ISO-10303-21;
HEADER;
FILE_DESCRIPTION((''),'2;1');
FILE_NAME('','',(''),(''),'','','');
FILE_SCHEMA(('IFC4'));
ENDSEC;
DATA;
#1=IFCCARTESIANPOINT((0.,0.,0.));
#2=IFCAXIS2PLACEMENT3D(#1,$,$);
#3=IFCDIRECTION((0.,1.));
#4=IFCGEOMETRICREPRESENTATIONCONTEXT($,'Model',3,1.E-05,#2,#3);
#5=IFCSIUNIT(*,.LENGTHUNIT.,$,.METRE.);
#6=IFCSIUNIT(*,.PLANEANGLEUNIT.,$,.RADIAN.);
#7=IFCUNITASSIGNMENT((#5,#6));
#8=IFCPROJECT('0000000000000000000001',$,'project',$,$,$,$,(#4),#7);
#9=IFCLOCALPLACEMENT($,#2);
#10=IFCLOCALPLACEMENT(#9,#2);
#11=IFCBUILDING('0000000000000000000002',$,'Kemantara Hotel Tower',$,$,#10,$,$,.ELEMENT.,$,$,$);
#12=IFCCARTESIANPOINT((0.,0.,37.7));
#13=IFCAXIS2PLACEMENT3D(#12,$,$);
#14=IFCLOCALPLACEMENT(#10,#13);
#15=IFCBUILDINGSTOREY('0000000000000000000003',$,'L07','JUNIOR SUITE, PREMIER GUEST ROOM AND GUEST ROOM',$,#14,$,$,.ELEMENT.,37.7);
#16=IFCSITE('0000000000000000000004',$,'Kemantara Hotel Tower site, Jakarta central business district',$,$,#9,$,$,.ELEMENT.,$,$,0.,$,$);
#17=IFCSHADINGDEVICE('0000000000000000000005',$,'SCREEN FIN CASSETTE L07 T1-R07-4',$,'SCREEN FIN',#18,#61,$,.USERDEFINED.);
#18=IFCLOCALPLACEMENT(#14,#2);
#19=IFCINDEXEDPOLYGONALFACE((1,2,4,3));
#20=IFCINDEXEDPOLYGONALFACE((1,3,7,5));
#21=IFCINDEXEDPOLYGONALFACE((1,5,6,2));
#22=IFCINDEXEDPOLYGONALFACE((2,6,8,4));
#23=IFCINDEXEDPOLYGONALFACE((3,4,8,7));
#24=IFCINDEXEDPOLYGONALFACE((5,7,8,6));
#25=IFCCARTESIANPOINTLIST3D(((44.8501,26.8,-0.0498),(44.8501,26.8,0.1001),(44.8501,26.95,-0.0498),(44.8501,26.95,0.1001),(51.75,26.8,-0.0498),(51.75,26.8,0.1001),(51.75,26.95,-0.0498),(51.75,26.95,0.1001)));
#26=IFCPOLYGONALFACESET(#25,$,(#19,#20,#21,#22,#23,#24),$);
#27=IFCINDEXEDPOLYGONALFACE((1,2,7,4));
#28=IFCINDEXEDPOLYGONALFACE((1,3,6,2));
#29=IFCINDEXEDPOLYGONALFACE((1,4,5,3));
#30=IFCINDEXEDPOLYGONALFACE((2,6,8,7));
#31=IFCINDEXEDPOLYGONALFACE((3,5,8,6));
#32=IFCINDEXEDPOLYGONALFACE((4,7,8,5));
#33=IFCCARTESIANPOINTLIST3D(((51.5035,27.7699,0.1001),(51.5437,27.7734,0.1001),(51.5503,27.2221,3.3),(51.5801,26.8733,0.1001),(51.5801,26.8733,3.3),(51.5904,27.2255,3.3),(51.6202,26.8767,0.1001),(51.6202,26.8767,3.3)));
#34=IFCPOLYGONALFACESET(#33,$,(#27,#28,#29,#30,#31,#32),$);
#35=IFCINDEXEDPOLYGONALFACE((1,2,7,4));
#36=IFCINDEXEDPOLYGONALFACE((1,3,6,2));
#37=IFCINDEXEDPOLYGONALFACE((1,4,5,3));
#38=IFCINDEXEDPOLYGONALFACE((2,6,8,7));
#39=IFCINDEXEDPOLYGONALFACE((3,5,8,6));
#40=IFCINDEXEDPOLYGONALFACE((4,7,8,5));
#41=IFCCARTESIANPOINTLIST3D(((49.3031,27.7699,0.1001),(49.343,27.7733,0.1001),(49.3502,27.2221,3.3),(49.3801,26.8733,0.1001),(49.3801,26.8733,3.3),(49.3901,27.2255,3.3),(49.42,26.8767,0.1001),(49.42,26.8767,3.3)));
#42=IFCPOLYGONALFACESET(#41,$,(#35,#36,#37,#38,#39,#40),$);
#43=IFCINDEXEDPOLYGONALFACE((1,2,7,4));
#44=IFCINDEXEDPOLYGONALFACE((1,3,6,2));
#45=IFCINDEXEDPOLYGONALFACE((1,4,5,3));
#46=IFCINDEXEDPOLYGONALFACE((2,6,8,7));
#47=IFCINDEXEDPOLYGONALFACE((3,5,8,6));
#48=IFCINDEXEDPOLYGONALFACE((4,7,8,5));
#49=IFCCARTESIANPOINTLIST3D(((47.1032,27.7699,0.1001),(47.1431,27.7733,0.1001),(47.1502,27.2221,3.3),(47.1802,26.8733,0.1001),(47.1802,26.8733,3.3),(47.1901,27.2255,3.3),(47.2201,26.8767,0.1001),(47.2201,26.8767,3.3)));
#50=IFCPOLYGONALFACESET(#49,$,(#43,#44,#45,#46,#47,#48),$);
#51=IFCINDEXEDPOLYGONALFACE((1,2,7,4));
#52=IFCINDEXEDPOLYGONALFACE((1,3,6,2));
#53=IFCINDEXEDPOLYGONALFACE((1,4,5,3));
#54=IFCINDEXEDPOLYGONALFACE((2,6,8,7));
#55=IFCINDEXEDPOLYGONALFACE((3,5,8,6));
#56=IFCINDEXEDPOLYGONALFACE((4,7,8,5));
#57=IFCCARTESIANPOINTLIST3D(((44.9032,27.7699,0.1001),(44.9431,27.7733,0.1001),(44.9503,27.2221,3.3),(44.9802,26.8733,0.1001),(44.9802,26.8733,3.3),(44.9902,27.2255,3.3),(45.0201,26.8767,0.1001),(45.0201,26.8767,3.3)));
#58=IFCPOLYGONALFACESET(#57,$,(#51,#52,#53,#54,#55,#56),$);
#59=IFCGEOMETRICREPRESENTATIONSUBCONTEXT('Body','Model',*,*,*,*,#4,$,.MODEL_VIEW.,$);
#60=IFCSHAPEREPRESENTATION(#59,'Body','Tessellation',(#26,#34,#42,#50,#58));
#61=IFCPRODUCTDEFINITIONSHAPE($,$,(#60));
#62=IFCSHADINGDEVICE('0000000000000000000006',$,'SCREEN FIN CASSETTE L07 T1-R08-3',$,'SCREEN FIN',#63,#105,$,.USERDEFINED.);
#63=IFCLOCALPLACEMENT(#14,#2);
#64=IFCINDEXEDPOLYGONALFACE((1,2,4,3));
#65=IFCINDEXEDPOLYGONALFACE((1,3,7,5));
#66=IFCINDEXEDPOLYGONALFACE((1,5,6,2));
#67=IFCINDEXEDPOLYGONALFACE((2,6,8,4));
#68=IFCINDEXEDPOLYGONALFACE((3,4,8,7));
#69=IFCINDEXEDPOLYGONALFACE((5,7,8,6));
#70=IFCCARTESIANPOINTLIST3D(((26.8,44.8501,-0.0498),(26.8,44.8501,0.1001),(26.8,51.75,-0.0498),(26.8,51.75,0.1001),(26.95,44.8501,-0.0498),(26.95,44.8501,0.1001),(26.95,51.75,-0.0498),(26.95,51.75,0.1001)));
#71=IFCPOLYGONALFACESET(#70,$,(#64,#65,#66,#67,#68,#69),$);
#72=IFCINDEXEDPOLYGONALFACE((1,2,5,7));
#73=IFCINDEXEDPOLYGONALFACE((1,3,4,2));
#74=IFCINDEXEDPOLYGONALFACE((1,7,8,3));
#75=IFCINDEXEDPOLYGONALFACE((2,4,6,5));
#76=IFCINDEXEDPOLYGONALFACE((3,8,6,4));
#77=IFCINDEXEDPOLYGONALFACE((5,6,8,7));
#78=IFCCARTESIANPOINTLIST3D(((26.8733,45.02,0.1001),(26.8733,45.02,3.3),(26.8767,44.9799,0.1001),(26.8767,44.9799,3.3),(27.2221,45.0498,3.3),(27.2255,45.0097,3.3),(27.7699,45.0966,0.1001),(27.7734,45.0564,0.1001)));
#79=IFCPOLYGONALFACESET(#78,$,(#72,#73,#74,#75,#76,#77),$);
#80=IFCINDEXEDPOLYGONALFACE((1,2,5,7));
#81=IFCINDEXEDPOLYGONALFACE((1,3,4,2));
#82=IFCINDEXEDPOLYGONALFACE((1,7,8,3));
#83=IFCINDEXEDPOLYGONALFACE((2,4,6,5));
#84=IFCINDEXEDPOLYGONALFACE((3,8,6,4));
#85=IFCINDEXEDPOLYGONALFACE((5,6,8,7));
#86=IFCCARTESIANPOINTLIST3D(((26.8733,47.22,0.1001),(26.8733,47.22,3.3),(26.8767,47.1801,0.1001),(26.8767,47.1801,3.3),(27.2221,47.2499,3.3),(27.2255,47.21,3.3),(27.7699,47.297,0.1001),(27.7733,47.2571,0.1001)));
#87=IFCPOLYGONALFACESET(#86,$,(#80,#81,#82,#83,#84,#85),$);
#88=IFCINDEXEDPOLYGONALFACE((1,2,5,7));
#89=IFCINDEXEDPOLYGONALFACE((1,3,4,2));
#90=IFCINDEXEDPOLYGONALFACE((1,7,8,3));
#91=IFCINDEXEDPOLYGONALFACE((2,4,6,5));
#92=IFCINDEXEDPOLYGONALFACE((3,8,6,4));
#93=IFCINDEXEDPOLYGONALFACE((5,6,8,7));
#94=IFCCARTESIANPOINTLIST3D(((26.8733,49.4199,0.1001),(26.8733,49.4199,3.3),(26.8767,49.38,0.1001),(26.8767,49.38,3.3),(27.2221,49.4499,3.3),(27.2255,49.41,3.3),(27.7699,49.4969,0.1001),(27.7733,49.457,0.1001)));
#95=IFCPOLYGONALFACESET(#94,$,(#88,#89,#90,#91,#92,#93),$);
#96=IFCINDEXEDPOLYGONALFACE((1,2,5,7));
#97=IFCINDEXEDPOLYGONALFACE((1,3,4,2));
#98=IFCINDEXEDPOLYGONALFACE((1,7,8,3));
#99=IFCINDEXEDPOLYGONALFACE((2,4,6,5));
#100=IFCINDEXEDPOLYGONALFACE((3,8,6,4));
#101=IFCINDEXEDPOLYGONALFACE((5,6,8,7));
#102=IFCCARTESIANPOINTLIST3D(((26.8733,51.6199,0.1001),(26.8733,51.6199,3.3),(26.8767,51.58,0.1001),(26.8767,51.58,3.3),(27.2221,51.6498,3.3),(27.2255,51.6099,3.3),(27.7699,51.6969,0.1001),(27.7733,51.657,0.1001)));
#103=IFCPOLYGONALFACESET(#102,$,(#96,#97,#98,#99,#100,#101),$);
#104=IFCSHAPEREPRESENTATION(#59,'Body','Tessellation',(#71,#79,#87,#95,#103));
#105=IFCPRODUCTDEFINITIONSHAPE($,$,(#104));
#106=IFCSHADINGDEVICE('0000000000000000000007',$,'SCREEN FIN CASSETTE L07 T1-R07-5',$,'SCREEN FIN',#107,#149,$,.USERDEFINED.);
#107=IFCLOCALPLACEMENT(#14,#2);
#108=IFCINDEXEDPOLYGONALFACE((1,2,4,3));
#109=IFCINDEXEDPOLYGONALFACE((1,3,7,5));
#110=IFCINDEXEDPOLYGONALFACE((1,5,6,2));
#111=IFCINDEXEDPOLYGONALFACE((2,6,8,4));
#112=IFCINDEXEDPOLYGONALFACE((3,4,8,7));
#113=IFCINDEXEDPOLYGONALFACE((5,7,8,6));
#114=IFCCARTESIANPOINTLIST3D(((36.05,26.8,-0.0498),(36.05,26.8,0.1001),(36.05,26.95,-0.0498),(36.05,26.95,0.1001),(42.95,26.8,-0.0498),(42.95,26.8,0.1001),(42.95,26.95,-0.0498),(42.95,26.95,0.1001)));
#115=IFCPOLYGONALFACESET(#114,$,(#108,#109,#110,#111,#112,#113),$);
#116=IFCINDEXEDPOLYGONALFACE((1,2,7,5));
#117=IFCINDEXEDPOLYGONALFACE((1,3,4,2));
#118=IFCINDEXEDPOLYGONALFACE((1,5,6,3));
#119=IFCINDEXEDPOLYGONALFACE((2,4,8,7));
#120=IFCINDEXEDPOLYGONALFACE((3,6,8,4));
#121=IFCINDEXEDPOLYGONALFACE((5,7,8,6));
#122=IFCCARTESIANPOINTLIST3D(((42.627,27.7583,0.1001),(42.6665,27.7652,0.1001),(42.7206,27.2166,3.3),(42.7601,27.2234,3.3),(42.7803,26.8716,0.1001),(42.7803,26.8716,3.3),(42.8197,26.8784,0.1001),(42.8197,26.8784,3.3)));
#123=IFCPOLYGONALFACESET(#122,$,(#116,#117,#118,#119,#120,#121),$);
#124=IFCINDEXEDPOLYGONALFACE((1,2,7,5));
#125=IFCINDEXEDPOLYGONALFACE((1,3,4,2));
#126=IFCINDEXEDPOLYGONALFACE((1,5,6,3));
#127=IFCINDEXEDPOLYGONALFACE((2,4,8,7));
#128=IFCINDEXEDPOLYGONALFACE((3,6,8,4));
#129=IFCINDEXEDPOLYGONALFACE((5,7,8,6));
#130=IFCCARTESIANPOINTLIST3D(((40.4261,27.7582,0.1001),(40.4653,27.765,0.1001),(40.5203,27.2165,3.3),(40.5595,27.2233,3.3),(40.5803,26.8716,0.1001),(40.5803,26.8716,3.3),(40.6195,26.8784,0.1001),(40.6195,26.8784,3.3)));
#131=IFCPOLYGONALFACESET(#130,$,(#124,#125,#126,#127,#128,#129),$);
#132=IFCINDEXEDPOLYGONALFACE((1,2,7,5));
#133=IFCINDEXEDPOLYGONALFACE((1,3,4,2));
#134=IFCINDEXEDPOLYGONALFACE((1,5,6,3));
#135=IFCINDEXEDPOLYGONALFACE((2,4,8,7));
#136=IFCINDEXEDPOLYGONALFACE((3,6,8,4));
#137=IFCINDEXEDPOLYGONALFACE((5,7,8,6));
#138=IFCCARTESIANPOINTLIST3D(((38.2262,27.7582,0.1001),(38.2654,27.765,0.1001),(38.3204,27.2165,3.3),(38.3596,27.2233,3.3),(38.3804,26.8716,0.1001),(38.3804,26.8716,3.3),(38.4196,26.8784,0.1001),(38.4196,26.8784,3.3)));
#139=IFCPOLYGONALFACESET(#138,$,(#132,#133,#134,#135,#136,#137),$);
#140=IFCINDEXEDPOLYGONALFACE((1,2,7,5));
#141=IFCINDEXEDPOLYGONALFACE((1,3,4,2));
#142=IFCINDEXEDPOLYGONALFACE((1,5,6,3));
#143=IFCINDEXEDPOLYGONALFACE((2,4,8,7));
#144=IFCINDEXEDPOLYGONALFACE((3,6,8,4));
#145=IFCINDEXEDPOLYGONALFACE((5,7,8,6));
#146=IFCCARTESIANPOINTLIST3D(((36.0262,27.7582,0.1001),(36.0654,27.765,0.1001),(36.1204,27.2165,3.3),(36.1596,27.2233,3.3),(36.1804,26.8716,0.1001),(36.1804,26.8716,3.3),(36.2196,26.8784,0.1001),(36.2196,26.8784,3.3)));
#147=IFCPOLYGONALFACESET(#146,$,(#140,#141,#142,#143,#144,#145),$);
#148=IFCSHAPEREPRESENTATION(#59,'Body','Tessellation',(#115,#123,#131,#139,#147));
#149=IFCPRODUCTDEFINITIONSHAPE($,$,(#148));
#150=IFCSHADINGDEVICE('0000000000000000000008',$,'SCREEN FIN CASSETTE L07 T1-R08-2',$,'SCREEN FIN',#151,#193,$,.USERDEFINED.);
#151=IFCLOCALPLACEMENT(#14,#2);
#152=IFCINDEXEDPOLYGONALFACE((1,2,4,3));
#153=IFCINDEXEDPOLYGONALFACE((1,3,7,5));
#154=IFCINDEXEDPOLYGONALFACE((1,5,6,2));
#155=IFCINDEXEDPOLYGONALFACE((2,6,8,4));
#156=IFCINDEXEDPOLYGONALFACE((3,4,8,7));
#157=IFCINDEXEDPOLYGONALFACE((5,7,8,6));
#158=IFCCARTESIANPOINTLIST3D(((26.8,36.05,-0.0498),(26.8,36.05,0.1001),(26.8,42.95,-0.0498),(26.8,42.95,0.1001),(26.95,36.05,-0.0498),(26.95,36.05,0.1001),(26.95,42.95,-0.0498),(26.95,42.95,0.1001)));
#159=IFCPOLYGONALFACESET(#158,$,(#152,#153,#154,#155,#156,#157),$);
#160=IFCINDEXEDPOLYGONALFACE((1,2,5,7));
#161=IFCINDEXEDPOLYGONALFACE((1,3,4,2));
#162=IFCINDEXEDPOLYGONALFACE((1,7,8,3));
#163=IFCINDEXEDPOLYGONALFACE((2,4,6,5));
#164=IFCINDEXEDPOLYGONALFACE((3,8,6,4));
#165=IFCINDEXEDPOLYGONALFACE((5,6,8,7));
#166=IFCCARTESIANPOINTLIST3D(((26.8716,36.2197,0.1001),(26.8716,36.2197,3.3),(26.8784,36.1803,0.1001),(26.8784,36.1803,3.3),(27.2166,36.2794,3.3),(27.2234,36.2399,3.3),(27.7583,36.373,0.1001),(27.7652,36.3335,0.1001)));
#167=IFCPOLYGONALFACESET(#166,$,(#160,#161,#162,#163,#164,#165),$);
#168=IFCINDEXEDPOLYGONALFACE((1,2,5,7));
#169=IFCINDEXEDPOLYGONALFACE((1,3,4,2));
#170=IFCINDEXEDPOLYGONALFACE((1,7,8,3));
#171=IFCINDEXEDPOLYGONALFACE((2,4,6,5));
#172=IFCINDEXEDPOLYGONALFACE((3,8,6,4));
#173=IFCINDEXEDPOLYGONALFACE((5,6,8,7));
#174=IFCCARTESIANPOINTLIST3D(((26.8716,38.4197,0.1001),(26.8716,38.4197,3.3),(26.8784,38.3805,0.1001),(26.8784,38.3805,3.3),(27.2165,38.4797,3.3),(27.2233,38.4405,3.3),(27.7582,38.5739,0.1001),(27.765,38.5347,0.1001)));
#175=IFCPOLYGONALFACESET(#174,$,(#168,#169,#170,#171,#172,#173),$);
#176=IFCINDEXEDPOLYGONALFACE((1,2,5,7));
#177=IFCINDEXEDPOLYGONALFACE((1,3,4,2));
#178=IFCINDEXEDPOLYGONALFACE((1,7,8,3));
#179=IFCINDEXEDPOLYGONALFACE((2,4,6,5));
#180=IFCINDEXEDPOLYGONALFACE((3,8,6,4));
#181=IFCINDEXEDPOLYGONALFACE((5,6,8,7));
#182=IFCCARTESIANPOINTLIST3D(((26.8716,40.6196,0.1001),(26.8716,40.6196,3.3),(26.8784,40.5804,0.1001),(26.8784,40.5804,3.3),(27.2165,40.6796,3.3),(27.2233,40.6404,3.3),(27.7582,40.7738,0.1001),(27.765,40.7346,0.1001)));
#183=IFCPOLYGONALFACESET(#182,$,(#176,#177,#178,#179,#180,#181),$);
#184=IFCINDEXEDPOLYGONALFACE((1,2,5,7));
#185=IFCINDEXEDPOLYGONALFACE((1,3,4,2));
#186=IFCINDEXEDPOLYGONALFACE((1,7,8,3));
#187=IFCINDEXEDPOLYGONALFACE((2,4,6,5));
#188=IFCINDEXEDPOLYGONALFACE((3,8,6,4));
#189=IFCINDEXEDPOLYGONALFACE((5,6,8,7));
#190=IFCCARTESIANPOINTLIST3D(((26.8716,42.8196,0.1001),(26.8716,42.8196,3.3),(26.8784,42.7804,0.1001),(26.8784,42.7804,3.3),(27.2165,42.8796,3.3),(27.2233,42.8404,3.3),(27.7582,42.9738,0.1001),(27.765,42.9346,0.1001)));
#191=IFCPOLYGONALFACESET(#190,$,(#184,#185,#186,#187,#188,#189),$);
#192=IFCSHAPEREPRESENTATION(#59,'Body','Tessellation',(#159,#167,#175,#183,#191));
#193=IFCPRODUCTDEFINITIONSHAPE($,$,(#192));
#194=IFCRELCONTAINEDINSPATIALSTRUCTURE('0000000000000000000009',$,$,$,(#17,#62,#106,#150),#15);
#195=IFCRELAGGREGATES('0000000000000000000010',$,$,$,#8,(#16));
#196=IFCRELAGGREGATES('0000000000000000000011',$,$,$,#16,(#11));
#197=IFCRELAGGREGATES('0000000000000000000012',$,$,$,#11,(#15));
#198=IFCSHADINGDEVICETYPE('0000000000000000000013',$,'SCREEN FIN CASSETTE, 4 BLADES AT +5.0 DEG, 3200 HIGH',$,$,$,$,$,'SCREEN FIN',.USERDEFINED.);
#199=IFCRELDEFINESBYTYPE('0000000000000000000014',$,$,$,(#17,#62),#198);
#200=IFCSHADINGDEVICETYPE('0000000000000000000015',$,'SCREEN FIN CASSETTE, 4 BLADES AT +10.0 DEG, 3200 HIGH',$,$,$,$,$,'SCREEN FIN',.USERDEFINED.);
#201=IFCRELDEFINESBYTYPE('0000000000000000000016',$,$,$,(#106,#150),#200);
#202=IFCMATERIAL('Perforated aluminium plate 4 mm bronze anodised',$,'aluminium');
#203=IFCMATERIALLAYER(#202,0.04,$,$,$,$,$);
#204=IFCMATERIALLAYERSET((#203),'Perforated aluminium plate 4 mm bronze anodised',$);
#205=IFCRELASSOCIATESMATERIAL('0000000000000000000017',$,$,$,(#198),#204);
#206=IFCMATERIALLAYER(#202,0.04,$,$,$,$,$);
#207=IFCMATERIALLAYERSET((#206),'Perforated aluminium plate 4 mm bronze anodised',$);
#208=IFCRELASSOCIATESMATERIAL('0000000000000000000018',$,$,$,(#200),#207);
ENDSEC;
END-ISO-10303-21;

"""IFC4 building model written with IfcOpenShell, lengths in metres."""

from ifc_helpers import new_model, si_unit, direction, frame, origin, origin_2d, place, context, subcontext, project, spatial, polyline, rectangle, outline, extrude, source, transform, mapped, material, layer, layer_set, type_object, element, save


model = new_model("IFC4")

# Units and contexts
model_context = context("Model", 3, precision=1e-05, world=origin(), true_north=direction((0.0, 1.0)))
body_context = subcontext(model_context, "Body", "Model", "MODEL_VIEW")
ifc_project = project(units=[si_unit("LENGTHUNIT", "METRE"), si_unit("PLANEANGLEUNIT", "RADIAN")], contexts=[model_context])

# Site, building, storey
site_placement = place(None, origin())
site = spatial("IfcSite", under=ifc_project, at=site_placement, Name="Kemantara Hotel Tower site, Jakarta central business district", CompositionType="ELEMENT", RefElevation=0.0)
building_placement = place(site_placement, origin())
building = spatial("IfcBuilding", under=site, at=building_placement, Name="Kemantara Hotel Tower", CompositionType="ELEMENT")
storey_placement = place(building_placement, frame((0.0, 0.0, 37.7)))
storey = spatial("IfcBuildingStorey", under=building, at=storey_placement, Name="L07", Description="JUNIOR SUITE, PREMIER GUEST ROOM AND GUEST ROOM", CompositionType="ELEMENT", Elevation=37.7)

# Shading devices
ifc_material_1 = material(Name="Perforated aluminium plate 4 mm bronze anodised", Category="aluminium")
ifc_layer_1 = layer(ifc_material_1, 0.04)
ifc_layer_set_1 = layer_set([ifc_layer_1], Name="Perforated aluminium plate 4 mm bronze anodised")
shading_device_type_1 = type_object("IfcShadingDeviceType", Name="SCREEN FIN CASSETTE, 4 BLADES AT +5.0 DEG, 3200 HIGH", ElementType="SCREEN FIN", PredefinedType="USERDEFINED", material=ifc_layer_set_1)
shared_shape_1 = source(origin(), body_context, "Body", "SweptSolid", [
    extrude(rectangle(XDim=6.8999, YDim=0.1499, at=origin_2d()), frame((3.3, -0.075, -0.1499), z_axis=(0.0, 0.0, 1.0), x_axis=(1.0, 0.0, 0.0)), (0.0, 0.0, 1.0), 0.1499),
    extrude(outline(polyline([(0.0, 0.0), (0.8999, 0.0), (0.3501, 3.2), (0.0, 3.2), (0.0, 0.0)])), frame((0.02, -0.0732, 0.0), z_axis=(-0.996376, -0.085056, 0.0), x_axis=(0.085056, -0.996376, 0.0)), (0.0, 0.0, 1.0), 0.0403),
    extrude(outline(polyline([(0.0, 0.0), (0.8999, 0.0), (0.3501, 3.2), (0.0, 3.2), (0.0, 0.0)])), frame((2.22, -0.0732, 0.0), z_axis=(-0.996332, -0.085575, 0.0), x_axis=(0.085575, -0.996332, 0.0)), (0.0, 0.0, 1.0), 0.04),
    extrude(outline(polyline([(0.0, 0.0), (0.8999, 0.0), (0.3501, 3.2), (0.0, 3.2), (0.0, 0.0)])), frame((4.4199, -0.0732, 0.0), z_axis=(-0.996332, -0.085575, 0.0), x_axis=(0.085575, -0.996332, 0.0)), (0.0, 0.0, 1.0), 0.04),
    extrude(outline(polyline([(0.0, 0.0), (0.8999, 0.0), (0.3501, 3.2), (0.0, 3.2), (0.0, 0.0)])), frame((6.6199, -0.0732, 0.0), z_axis=(-0.996332, -0.085575, 0.0), x_axis=(0.085575, -0.996332, 0.0)), (0.0, 0.0, 1.0), 0.04),
])
for number, where, z_axis, x_axis, name in (
    (1, (51.6001, 26.8, 0.1001), (0.0, 0.0, 1.0), (-1.0, 0.0, 0.0), "SCREEN FIN CASSETTE L07 T1-R07-4"),
    (2, (26.8, 45.0, 0.1001), (0.0, 0.0, 1.0), (0.0, 1.0, 0.0), "SCREEN FIN CASSETTE L07 T1-R08-3"),
):
    element("IfcShadingDevice", number, at=place(storey_placement, frame(where, z_axis=z_axis, x_axis=x_axis)), inside=storey, type_object=shading_device_type_1, Name=name, ObjectType="SCREEN FIN", PredefinedType="USERDEFINED", context=body_context, shape_type="MappedRepresentation", body=[
        mapped(shared_shape_1, transform((0.0, 0.0, 0.0))),
    ])
ifc_layer_2 = layer(ifc_material_1, 0.04)
ifc_layer_set_2 = layer_set([ifc_layer_2], Name="Perforated aluminium plate 4 mm bronze anodised")
shading_device_type_2 = type_object("IfcShadingDeviceType", Name="SCREEN FIN CASSETTE, 4 BLADES AT +10.0 DEG, 3200 HIGH", ElementType="SCREEN FIN", PredefinedType="USERDEFINED", material=ifc_layer_set_2)
shared_shape_2 = source(origin(), body_context, "Body", "SweptSolid", [
    extrude(rectangle(XDim=6.8999, YDim=0.1499, at=origin_2d()), frame((3.3, -0.075, -0.1499), z_axis=(0.0, 0.0, 1.0), x_axis=(1.0, 0.0, 0.0)), (0.0, 0.0, 1.0), 0.1499),
    extrude(outline(polyline([(0.0, 0.0), (0.8999, 0.0), (0.3501, 3.2), (0.0, 3.2), (0.0, 0.0)])), frame((0.0198, -0.0715, 0.0), z_axis=(-0.98539, -0.170314, 0.0), x_axis=(0.170314, -0.98539, 0.0)), (0.0, 0.0, 1.0), 0.04),
    extrude(outline(polyline([(0.0, 0.0), (0.8999, 0.0), (0.3501, 3.2), (0.0, 3.2), (0.0, 0.0)])), frame((2.2197, -0.0715, 0.0), z_axis=(-0.985212, -0.171341, 0.0), x_axis=(0.171341, -0.985212, 0.0)), (0.0, 0.0, 1.0), 0.0398),
    extrude(outline(polyline([(0.0, 0.0), (0.8999, 0.0), (0.3501, 3.2), (0.0, 3.2), (0.0, 0.0)])), frame((4.4197, -0.0715, 0.0), z_axis=(-0.985212, -0.171341, 0.0), x_axis=(0.171341, -0.985212, 0.0)), (0.0, 0.0, 1.0), 0.0398),
    extrude(outline(polyline([(0.0, 0.0), (0.8999, 0.0), (0.3501, 3.2), (0.0, 3.2), (0.0, 0.0)])), frame((6.6196, -0.0715, 0.0), z_axis=(-0.985212, -0.171341, 0.0), x_axis=(0.171341, -0.985212, 0.0)), (0.0, 0.0, 1.0), 0.0398),
])
for number, where, z_axis, x_axis, name in (
    (3, (42.8, 26.8, 0.1001), (0.0, 0.0, 1.0), (-1.0, 0.0, 0.0), "SCREEN FIN CASSETTE L07 T1-R07-5"),
    (4, (26.8, 36.2, 0.1001), (0.0, 0.0, 1.0), (0.0, 1.0, 0.0), "SCREEN FIN CASSETTE L07 T1-R08-2"),
):
    element("IfcShadingDevice", number, at=place(storey_placement, frame(where, z_axis=z_axis, x_axis=x_axis)), inside=storey, type_object=shading_device_type_2, Name=name, ObjectType="SCREEN FIN", PredefinedType="USERDEFINED", context=body_context, shape_type="MappedRepresentation", body=[
        mapped(shared_shape_2, transform((0.0, 0.0, 0.0))),
    ])

save(model, "model.ifc")
